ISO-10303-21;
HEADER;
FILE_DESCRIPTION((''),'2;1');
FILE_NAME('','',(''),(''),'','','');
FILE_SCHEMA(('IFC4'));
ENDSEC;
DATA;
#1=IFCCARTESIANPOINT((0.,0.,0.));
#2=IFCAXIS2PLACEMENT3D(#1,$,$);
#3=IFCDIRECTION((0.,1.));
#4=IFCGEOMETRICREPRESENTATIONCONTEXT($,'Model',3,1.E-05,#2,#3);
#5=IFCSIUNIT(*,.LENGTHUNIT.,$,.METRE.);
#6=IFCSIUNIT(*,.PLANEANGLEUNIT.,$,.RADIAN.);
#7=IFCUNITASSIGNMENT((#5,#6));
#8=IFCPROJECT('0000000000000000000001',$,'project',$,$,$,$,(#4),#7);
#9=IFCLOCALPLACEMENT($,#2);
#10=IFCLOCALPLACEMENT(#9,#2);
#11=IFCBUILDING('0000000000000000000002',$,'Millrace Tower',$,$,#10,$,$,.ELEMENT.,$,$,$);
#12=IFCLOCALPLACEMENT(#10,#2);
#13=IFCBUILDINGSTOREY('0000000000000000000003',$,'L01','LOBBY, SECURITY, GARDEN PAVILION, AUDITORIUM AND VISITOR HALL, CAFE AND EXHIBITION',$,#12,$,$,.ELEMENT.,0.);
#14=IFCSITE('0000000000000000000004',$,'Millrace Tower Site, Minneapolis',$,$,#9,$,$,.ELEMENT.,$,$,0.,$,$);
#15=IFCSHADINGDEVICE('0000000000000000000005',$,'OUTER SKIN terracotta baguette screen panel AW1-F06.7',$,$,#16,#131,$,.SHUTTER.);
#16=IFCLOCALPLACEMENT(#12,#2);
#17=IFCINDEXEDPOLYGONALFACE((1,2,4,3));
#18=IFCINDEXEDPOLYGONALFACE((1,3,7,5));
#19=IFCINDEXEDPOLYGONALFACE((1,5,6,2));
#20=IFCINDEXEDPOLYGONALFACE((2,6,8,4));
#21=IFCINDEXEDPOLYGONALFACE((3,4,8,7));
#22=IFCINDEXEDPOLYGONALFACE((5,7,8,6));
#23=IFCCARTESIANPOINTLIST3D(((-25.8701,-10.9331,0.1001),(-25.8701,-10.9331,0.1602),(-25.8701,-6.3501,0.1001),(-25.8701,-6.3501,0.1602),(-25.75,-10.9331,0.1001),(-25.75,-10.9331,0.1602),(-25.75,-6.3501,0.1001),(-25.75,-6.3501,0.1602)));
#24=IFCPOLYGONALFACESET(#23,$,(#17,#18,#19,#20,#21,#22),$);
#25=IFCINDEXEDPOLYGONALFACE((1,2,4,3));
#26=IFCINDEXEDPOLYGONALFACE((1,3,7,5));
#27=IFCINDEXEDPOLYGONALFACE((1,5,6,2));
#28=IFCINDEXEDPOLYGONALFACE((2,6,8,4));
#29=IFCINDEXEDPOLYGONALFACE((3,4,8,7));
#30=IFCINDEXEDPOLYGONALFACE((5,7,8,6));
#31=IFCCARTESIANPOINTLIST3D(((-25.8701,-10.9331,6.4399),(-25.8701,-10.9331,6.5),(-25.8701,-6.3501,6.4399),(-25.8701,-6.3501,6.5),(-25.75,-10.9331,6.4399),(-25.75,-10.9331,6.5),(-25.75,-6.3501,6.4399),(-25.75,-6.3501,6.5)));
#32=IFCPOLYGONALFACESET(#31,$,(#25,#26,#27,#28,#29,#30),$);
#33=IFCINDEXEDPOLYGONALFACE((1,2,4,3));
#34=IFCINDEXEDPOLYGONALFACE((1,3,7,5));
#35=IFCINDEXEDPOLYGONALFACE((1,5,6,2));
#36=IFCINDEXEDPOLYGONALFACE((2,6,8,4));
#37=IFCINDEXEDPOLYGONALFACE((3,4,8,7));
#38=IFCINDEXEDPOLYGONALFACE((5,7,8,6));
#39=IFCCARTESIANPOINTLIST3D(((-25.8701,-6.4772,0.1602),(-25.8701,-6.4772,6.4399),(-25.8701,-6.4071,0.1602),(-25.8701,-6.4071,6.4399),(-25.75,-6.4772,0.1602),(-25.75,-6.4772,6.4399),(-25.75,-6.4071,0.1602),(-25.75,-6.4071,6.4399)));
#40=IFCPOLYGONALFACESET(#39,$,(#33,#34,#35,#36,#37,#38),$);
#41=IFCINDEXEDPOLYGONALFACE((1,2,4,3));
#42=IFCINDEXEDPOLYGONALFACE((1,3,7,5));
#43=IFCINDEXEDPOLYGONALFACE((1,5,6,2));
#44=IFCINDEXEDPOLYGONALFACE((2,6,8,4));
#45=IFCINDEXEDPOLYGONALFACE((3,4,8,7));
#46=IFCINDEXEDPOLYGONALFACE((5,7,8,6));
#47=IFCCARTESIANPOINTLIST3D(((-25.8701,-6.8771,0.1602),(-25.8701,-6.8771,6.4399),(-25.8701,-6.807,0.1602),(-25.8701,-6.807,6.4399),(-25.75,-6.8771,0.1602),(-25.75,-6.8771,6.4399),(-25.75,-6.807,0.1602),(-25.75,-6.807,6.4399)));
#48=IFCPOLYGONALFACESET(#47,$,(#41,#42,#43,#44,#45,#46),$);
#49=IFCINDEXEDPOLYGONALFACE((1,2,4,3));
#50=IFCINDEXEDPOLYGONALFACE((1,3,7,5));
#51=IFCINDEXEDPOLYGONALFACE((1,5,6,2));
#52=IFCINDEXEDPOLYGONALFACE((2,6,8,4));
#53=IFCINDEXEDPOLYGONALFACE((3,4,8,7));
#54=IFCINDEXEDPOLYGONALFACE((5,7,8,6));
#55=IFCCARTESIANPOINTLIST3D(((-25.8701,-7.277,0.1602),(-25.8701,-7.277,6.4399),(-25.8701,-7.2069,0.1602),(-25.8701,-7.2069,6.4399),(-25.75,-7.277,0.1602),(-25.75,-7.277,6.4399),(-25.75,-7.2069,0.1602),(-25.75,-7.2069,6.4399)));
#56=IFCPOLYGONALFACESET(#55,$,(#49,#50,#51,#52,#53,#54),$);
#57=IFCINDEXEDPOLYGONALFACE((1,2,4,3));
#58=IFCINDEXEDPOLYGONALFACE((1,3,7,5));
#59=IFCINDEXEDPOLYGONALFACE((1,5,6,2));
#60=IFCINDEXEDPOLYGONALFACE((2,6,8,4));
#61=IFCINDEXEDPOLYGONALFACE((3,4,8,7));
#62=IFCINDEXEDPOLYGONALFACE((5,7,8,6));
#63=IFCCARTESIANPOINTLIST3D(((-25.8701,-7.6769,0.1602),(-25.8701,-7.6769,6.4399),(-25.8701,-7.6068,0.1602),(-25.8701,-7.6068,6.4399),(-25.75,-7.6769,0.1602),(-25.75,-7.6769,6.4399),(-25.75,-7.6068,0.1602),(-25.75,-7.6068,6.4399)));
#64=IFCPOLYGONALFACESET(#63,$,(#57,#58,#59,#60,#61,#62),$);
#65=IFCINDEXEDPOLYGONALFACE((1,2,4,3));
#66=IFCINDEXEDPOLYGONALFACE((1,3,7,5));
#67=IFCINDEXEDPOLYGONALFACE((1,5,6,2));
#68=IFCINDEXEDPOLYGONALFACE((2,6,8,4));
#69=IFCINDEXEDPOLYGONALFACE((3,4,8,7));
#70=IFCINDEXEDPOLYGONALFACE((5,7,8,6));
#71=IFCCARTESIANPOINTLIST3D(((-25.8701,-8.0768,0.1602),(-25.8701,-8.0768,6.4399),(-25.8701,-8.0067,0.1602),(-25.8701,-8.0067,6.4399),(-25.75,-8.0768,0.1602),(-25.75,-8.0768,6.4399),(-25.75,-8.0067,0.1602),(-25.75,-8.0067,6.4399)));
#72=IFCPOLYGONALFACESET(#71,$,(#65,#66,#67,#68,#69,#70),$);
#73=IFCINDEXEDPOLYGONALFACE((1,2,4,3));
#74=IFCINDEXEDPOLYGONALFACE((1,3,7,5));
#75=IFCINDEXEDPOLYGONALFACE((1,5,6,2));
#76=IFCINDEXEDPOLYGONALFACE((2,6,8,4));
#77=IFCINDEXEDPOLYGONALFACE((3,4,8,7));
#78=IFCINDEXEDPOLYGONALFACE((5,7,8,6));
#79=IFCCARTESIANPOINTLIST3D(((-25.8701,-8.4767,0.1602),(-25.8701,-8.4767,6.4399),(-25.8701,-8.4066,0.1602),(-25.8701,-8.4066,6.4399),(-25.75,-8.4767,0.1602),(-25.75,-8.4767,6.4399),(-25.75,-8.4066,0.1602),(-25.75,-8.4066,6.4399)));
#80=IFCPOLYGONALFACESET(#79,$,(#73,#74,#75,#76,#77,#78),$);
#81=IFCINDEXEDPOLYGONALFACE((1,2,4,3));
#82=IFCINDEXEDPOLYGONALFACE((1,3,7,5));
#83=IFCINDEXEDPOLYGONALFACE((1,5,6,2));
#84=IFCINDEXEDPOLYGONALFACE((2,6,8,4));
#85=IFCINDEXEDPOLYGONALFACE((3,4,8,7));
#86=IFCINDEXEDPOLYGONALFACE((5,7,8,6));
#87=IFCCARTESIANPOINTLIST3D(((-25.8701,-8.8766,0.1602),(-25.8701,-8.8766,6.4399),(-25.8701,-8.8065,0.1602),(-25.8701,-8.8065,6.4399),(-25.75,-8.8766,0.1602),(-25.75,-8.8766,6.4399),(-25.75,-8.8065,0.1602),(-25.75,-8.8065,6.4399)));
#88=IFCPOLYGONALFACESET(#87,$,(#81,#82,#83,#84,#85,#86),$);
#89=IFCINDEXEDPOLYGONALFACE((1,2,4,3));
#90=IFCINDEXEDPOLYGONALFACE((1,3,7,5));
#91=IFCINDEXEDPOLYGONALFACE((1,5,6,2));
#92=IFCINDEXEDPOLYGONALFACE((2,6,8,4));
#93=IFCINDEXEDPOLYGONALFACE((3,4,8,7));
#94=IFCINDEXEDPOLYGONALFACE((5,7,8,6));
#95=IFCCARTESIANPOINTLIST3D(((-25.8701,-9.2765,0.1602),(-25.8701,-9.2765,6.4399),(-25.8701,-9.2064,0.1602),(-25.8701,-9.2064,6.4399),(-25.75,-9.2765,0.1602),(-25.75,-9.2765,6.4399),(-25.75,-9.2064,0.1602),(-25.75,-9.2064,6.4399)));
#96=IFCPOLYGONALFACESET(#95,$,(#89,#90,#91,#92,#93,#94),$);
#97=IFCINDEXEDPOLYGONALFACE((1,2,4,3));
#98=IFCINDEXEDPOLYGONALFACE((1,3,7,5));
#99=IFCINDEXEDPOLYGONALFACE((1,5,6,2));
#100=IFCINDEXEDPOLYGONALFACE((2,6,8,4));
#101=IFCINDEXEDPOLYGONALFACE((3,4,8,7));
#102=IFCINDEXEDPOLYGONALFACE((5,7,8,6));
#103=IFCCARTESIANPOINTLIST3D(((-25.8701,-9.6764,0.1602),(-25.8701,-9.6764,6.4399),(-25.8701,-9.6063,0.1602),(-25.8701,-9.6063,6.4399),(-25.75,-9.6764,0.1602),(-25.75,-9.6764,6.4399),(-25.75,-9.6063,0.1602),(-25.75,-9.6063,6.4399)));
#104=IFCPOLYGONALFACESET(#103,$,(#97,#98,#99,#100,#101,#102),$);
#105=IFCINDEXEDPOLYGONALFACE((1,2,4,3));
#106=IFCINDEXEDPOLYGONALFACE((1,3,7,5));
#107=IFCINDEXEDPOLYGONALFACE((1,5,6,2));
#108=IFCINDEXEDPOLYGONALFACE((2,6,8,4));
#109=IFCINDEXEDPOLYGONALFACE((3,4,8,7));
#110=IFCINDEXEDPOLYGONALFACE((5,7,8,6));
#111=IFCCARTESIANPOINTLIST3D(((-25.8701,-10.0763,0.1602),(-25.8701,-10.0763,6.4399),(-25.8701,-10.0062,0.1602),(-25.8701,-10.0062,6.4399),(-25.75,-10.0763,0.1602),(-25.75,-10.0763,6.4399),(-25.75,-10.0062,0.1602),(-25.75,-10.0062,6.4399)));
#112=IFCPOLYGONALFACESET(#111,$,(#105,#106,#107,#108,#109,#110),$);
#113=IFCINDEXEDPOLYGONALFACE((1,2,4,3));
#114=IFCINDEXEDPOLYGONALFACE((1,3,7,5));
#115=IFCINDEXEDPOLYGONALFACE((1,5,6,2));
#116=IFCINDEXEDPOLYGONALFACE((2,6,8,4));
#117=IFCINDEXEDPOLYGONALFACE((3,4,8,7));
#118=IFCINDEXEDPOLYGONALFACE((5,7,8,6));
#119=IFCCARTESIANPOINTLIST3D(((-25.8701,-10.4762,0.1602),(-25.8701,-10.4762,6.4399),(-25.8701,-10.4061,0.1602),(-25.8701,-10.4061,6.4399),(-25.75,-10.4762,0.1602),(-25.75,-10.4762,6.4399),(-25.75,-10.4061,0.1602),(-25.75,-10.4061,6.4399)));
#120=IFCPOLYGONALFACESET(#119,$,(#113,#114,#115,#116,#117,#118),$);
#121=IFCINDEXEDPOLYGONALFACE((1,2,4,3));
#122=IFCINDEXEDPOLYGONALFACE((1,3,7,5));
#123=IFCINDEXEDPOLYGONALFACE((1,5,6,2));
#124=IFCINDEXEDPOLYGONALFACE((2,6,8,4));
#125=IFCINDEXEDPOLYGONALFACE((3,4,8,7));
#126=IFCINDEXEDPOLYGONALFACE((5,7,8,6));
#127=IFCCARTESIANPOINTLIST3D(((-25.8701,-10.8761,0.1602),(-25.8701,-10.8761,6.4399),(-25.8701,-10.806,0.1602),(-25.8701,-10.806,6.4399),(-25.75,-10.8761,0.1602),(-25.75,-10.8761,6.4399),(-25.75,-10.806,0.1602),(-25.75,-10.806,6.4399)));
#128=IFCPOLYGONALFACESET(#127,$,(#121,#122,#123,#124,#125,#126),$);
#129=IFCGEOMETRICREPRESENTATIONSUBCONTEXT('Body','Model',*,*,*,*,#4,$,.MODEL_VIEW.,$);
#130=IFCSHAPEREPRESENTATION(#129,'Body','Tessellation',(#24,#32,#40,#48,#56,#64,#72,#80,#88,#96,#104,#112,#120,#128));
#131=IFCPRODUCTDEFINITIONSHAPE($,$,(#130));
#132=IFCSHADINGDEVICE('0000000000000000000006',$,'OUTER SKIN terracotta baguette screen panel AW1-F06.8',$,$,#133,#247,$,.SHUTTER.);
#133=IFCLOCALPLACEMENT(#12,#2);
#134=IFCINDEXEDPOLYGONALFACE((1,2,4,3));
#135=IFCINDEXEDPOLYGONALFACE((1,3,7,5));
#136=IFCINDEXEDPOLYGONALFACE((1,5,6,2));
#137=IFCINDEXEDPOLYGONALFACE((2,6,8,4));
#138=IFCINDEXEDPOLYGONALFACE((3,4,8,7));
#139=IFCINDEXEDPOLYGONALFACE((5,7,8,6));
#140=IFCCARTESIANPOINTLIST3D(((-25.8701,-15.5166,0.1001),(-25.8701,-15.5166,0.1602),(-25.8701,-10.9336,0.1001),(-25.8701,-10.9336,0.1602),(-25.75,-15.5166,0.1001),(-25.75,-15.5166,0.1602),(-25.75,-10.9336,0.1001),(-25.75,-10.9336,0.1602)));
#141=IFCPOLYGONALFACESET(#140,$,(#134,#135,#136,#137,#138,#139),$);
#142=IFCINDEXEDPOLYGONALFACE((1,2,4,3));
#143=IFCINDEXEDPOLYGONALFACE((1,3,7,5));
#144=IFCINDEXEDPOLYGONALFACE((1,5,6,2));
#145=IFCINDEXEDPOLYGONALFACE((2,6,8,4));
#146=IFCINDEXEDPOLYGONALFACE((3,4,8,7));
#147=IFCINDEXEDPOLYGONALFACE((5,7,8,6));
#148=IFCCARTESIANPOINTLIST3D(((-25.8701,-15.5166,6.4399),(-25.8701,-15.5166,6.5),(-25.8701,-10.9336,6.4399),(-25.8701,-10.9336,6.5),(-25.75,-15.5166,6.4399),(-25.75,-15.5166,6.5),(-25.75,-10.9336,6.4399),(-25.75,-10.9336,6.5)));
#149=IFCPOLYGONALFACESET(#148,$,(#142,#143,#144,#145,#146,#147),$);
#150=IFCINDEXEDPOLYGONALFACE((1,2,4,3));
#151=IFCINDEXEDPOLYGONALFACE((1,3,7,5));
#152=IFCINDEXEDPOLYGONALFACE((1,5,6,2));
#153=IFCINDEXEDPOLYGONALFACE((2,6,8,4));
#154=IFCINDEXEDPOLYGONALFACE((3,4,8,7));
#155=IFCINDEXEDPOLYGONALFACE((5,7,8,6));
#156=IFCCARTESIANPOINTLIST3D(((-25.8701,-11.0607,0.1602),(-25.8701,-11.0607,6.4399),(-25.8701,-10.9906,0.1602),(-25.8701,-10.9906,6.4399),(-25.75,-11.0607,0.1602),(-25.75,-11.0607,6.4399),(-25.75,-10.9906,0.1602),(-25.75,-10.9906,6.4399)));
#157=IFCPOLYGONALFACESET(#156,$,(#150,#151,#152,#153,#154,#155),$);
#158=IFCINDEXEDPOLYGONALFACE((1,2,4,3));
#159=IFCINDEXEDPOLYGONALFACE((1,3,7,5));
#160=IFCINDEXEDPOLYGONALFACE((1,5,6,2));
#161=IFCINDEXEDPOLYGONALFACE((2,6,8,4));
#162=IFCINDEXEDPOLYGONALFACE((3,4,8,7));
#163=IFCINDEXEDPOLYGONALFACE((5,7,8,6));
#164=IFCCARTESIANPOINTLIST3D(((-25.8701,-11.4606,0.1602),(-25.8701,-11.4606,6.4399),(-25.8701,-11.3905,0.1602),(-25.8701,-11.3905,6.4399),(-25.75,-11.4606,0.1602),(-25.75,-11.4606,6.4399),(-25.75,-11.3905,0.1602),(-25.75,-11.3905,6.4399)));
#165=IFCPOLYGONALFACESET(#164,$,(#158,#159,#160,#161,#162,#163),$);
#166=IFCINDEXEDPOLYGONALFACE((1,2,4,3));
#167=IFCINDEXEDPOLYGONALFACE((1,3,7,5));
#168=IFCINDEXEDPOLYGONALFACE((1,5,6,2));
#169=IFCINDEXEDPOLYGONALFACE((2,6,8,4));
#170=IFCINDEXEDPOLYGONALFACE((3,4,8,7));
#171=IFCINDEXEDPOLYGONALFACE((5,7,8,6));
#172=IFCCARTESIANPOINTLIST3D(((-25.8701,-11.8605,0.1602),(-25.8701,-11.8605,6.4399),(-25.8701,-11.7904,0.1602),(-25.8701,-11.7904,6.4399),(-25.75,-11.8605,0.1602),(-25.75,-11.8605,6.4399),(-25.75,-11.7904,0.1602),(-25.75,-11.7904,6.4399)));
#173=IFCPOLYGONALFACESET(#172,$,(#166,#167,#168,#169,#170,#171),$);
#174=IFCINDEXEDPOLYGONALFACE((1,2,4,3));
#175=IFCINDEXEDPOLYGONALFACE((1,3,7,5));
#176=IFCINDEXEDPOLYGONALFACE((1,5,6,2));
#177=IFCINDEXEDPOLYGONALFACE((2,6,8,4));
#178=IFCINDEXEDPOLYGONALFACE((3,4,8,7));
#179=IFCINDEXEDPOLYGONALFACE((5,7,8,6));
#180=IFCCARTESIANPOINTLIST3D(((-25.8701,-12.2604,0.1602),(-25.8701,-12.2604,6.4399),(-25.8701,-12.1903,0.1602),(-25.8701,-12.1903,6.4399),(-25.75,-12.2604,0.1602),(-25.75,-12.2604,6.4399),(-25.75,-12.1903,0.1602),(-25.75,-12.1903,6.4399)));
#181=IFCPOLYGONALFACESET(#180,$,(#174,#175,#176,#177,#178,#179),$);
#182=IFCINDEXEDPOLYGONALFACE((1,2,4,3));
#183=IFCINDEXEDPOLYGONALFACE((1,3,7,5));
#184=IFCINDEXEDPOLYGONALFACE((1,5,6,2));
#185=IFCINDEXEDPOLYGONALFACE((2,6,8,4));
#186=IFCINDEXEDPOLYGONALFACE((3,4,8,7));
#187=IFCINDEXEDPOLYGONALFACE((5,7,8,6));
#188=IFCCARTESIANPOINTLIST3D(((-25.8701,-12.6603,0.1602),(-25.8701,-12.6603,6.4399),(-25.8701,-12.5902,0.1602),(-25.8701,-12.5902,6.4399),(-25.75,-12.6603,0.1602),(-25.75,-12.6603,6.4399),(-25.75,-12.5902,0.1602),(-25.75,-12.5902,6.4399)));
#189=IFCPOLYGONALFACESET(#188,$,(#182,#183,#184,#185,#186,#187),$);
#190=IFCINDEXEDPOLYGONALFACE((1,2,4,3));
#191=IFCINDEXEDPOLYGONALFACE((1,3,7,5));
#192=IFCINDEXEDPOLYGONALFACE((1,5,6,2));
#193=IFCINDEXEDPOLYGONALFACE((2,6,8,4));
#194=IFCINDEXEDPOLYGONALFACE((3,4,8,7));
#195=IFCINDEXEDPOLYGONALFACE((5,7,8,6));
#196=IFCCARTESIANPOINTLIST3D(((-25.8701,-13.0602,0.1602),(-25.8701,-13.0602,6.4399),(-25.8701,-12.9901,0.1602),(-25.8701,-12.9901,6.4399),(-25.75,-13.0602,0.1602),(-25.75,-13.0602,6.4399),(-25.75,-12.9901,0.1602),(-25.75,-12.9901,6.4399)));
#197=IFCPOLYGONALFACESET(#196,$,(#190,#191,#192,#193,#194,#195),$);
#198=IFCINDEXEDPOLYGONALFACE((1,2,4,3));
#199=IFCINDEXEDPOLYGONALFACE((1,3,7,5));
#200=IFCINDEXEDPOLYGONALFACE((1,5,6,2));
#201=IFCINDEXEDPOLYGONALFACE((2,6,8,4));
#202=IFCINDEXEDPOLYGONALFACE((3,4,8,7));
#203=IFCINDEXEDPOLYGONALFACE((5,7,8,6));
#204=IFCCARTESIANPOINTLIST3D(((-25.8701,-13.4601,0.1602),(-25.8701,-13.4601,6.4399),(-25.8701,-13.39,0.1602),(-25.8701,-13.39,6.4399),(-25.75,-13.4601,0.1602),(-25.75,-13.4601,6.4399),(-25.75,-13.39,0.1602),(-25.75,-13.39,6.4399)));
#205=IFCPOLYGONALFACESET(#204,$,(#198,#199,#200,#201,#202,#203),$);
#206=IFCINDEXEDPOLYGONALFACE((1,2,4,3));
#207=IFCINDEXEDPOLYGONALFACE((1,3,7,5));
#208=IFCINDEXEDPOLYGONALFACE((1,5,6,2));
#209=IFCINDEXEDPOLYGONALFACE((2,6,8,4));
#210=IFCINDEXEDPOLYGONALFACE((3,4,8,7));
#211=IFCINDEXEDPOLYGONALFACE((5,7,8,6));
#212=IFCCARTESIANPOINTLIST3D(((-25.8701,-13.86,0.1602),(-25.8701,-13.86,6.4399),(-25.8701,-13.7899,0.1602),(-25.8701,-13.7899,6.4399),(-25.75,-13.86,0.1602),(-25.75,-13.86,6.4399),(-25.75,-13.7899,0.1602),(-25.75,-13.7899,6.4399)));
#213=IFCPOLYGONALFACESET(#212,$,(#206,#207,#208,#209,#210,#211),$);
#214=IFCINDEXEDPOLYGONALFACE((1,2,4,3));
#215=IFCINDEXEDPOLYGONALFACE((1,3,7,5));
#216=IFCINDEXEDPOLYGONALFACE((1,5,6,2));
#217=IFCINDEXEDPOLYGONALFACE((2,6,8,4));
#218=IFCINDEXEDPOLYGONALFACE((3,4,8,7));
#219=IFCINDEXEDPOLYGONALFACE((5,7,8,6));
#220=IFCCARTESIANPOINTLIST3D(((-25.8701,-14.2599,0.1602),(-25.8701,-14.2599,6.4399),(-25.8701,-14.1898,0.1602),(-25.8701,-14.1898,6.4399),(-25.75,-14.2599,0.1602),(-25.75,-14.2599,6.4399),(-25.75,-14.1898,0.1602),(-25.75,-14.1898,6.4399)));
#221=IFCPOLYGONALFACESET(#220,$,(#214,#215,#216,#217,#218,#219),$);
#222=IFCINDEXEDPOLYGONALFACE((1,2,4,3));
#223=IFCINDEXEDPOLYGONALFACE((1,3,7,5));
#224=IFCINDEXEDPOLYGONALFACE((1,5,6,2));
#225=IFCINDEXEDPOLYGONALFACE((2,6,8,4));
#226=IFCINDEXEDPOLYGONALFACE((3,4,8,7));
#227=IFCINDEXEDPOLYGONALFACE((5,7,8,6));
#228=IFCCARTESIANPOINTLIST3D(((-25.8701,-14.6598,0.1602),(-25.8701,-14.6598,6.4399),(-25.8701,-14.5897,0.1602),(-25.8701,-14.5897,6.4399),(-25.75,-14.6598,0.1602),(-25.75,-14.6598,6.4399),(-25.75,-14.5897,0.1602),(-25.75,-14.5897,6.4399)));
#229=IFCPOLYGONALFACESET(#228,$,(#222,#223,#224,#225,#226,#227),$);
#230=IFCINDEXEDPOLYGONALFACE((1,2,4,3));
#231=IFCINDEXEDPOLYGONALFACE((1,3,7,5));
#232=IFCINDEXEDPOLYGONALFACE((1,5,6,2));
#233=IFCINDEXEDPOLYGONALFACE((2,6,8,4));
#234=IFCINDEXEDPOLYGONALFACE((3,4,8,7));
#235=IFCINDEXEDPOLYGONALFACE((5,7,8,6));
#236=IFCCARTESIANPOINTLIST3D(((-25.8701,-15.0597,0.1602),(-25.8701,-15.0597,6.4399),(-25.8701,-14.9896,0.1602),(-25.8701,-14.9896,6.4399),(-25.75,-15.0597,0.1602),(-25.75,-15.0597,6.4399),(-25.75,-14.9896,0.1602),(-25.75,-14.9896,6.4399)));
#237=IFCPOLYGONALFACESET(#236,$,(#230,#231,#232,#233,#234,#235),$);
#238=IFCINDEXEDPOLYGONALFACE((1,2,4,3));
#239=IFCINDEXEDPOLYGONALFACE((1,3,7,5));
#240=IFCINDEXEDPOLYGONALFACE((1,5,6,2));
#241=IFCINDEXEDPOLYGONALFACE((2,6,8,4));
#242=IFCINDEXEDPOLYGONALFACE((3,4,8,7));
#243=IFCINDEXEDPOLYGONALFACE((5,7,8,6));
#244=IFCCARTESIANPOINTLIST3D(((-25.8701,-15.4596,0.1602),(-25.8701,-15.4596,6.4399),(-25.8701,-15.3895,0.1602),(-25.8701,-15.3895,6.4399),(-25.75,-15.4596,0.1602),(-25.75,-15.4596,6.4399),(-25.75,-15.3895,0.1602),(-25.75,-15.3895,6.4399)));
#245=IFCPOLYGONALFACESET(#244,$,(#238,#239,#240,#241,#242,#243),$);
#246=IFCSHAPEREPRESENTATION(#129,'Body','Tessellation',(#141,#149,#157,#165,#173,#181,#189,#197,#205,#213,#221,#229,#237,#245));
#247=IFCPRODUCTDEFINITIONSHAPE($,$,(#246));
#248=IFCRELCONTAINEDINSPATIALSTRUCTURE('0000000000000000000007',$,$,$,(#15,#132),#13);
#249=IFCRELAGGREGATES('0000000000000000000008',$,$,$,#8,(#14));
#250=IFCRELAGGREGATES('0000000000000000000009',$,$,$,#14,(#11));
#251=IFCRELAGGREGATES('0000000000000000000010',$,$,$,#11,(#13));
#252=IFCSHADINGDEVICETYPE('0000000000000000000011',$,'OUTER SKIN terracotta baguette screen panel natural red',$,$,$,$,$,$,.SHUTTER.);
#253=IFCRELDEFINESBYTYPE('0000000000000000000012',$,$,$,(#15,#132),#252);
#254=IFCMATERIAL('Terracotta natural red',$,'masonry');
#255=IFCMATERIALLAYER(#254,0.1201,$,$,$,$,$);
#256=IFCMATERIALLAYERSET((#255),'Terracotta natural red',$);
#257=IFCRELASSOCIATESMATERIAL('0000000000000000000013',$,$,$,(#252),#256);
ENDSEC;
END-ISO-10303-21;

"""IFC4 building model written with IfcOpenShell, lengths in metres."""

from ifc_helpers import new_model, entity, si_unit, direction, frame, frame_2d, origin, place, context, subcontext, project, spatial, rectangle, extrude, source, transform, mapped, material, layer, layer_set, type_object, element, save


model = new_model("IFC4")

# Units and contexts
model_context = context("Model", 3, precision=1e-05, world=origin(), true_north=direction((0.0, 1.0)))
body_context = subcontext(model_context, "Body", "Model", "MODEL_VIEW")
ifc_project = project(units=[si_unit("LENGTHUNIT", "METRE"), si_unit("PLANEANGLEUNIT", "RADIAN")], contexts=[model_context])

# Site, building, storey
site_placement = place(None, origin())
site = spatial("IfcSite", under=ifc_project, at=site_placement, Name="Millrace Tower Site, Minneapolis", CompositionType="ELEMENT", RefElevation=0.0)
building_placement = place(site_placement, origin())
building = spatial("IfcBuilding", under=site, at=building_placement, Name="Millrace Tower", CompositionType="ELEMENT")
storey_placement = place(building_placement, origin())
storey = spatial("IfcBuildingStorey", under=building, at=storey_placement, Name="L01", Description="LOBBY, SECURITY, GARDEN PAVILION, AUDITORIUM AND VISITOR HALL, CAFE AND EXHIBITION", CompositionType="ELEMENT", Elevation=0.0)

# Shading devices
ifc_material_1 = material(Name="Terracotta natural red", Category="masonry")
ifc_layer_1 = layer(ifc_material_1, 0.1201)
ifc_layer_set_1 = layer_set([ifc_layer_1], Name="Terracotta natural red")
shading_device_type = type_object("IfcShadingDeviceType", Name="OUTER SKIN terracotta baguette screen panel natural red", PredefinedType="SHUTTER", material=ifc_layer_set_1)
cartesian_point = entity("IfcCartesianPoint", [-2.2915, 0.0601])
shared_polyline = entity("IfcPolyline", [cartesian_point, entity("IfcCartesianPoint", [2.2915, 0.0601]), entity("IfcCartesianPoint", [2.2915, -0.0601]), entity("IfcCartesianPoint", [-2.2915, -0.0601]), cartesian_point])
shared_shape = source(origin(), body_context, "Body", "SweptSolid", [
    entity("IfcExtrudedAreaSolid", entity("IfcArbitraryClosedProfileDef", "AREA", None, shared_polyline), entity("IfcAxis2Placement3D", entity("IfcCartesianPoint", [0.0, 0.0, 0.0])), entity("IfcDirection", [0.0, 0.0, 1.0]), 0.0601),
    entity("IfcExtrudedAreaSolid", entity("IfcArbitraryClosedProfileDef", "AREA", None, shared_polyline), entity("IfcAxis2Placement3D", entity("IfcCartesianPoint", [0.0, 0.0, 6.3398])), entity("IfcDirection", [0.0, 0.0, 1.0]), 0.0601),
    extrude(rectangle(XDim=0.0701, YDim=0.1201, at=frame_2d((-2.1995, 0.0))), frame((0.0, 0.0, 0.0601)), (0.0, 0.0, 1.0), 6.2798),
    extrude(rectangle(XDim=0.0701, YDim=0.1201, at=frame_2d((-1.7996, 0.0))), frame((0.0, 0.0, 0.0601)), (0.0, 0.0, 1.0), 6.2798),
    extrude(rectangle(XDim=0.0701, YDim=0.1201, at=frame_2d((-1.3997, 0.0))), frame((0.0, 0.0, 0.0601)), (0.0, 0.0, 1.0), 6.2798),
    extrude(rectangle(XDim=0.0701, YDim=0.1201, at=frame_2d((-0.9998, 0.0))), frame((0.0, 0.0, 0.0601)), (0.0, 0.0, 1.0), 6.2798),
    extrude(rectangle(XDim=0.0701, YDim=0.1201, at=frame_2d((-0.5999, 0.0))), frame((0.0, 0.0, 0.0601)), (0.0, 0.0, 1.0), 6.2798),
    extrude(rectangle(XDim=0.0701, YDim=0.1201, at=frame_2d((-0.2, 0.0))), frame((0.0, 0.0, 0.0601)), (0.0, 0.0, 1.0), 6.2798),
    extrude(rectangle(XDim=0.0701, YDim=0.1201, at=frame_2d((0.2, 0.0))), frame((0.0, 0.0, 0.0601)), (0.0, 0.0, 1.0), 6.2798),
    extrude(rectangle(XDim=0.0701, YDim=0.1201, at=frame_2d((0.5999, 0.0))), frame((0.0, 0.0, 0.0601)), (0.0, 0.0, 1.0), 6.2798),
    extrude(rectangle(XDim=0.0701, YDim=0.1201, at=frame_2d((0.9998, 0.0))), frame((0.0, 0.0, 0.0601)), (0.0, 0.0, 1.0), 6.2798),
    extrude(rectangle(XDim=0.0701, YDim=0.1201, at=frame_2d((1.3997, 0.0))), frame((0.0, 0.0, 0.0601)), (0.0, 0.0, 1.0), 6.2798),
    extrude(rectangle(XDim=0.0701, YDim=0.1201, at=frame_2d((1.7996, 0.0))), frame((0.0, 0.0, 0.0601)), (0.0, 0.0, 1.0), 6.2798),
    extrude(rectangle(XDim=0.0701, YDim=0.1201, at=frame_2d((2.1995, 0.0))), frame((0.0, 0.0, 0.0601)), (0.0, 0.0, 1.0), 6.2798),
])
for number, where, z_axis, x_axis, name in (
    (1, (-25.8101, -8.6416, 0.1001), (0.0, 0.0, 1.0), (0.0, -1.0, 0.0), "OUTER SKIN terracotta baguette screen panel AW1-F06.7"),
    (2, (-25.8101, -13.2251, 0.1001), (0.0, 0.0, 1.0), (0.0, -1.0, 0.0), "OUTER SKIN terracotta baguette screen panel AW1-F06.8"),
):
    element("IfcShadingDevice", number, at=place(storey_placement, frame(where, z_axis=z_axis, x_axis=x_axis)), inside=storey, type_object=shading_device_type, Name=name, PredefinedType="SHUTTER", context=body_context, shape_type="MappedRepresentation", body=[
        mapped(shared_shape, transform((0.0, 0.0, 0.0), scale=1.0)),
    ])

save(model, "model.ifc")
